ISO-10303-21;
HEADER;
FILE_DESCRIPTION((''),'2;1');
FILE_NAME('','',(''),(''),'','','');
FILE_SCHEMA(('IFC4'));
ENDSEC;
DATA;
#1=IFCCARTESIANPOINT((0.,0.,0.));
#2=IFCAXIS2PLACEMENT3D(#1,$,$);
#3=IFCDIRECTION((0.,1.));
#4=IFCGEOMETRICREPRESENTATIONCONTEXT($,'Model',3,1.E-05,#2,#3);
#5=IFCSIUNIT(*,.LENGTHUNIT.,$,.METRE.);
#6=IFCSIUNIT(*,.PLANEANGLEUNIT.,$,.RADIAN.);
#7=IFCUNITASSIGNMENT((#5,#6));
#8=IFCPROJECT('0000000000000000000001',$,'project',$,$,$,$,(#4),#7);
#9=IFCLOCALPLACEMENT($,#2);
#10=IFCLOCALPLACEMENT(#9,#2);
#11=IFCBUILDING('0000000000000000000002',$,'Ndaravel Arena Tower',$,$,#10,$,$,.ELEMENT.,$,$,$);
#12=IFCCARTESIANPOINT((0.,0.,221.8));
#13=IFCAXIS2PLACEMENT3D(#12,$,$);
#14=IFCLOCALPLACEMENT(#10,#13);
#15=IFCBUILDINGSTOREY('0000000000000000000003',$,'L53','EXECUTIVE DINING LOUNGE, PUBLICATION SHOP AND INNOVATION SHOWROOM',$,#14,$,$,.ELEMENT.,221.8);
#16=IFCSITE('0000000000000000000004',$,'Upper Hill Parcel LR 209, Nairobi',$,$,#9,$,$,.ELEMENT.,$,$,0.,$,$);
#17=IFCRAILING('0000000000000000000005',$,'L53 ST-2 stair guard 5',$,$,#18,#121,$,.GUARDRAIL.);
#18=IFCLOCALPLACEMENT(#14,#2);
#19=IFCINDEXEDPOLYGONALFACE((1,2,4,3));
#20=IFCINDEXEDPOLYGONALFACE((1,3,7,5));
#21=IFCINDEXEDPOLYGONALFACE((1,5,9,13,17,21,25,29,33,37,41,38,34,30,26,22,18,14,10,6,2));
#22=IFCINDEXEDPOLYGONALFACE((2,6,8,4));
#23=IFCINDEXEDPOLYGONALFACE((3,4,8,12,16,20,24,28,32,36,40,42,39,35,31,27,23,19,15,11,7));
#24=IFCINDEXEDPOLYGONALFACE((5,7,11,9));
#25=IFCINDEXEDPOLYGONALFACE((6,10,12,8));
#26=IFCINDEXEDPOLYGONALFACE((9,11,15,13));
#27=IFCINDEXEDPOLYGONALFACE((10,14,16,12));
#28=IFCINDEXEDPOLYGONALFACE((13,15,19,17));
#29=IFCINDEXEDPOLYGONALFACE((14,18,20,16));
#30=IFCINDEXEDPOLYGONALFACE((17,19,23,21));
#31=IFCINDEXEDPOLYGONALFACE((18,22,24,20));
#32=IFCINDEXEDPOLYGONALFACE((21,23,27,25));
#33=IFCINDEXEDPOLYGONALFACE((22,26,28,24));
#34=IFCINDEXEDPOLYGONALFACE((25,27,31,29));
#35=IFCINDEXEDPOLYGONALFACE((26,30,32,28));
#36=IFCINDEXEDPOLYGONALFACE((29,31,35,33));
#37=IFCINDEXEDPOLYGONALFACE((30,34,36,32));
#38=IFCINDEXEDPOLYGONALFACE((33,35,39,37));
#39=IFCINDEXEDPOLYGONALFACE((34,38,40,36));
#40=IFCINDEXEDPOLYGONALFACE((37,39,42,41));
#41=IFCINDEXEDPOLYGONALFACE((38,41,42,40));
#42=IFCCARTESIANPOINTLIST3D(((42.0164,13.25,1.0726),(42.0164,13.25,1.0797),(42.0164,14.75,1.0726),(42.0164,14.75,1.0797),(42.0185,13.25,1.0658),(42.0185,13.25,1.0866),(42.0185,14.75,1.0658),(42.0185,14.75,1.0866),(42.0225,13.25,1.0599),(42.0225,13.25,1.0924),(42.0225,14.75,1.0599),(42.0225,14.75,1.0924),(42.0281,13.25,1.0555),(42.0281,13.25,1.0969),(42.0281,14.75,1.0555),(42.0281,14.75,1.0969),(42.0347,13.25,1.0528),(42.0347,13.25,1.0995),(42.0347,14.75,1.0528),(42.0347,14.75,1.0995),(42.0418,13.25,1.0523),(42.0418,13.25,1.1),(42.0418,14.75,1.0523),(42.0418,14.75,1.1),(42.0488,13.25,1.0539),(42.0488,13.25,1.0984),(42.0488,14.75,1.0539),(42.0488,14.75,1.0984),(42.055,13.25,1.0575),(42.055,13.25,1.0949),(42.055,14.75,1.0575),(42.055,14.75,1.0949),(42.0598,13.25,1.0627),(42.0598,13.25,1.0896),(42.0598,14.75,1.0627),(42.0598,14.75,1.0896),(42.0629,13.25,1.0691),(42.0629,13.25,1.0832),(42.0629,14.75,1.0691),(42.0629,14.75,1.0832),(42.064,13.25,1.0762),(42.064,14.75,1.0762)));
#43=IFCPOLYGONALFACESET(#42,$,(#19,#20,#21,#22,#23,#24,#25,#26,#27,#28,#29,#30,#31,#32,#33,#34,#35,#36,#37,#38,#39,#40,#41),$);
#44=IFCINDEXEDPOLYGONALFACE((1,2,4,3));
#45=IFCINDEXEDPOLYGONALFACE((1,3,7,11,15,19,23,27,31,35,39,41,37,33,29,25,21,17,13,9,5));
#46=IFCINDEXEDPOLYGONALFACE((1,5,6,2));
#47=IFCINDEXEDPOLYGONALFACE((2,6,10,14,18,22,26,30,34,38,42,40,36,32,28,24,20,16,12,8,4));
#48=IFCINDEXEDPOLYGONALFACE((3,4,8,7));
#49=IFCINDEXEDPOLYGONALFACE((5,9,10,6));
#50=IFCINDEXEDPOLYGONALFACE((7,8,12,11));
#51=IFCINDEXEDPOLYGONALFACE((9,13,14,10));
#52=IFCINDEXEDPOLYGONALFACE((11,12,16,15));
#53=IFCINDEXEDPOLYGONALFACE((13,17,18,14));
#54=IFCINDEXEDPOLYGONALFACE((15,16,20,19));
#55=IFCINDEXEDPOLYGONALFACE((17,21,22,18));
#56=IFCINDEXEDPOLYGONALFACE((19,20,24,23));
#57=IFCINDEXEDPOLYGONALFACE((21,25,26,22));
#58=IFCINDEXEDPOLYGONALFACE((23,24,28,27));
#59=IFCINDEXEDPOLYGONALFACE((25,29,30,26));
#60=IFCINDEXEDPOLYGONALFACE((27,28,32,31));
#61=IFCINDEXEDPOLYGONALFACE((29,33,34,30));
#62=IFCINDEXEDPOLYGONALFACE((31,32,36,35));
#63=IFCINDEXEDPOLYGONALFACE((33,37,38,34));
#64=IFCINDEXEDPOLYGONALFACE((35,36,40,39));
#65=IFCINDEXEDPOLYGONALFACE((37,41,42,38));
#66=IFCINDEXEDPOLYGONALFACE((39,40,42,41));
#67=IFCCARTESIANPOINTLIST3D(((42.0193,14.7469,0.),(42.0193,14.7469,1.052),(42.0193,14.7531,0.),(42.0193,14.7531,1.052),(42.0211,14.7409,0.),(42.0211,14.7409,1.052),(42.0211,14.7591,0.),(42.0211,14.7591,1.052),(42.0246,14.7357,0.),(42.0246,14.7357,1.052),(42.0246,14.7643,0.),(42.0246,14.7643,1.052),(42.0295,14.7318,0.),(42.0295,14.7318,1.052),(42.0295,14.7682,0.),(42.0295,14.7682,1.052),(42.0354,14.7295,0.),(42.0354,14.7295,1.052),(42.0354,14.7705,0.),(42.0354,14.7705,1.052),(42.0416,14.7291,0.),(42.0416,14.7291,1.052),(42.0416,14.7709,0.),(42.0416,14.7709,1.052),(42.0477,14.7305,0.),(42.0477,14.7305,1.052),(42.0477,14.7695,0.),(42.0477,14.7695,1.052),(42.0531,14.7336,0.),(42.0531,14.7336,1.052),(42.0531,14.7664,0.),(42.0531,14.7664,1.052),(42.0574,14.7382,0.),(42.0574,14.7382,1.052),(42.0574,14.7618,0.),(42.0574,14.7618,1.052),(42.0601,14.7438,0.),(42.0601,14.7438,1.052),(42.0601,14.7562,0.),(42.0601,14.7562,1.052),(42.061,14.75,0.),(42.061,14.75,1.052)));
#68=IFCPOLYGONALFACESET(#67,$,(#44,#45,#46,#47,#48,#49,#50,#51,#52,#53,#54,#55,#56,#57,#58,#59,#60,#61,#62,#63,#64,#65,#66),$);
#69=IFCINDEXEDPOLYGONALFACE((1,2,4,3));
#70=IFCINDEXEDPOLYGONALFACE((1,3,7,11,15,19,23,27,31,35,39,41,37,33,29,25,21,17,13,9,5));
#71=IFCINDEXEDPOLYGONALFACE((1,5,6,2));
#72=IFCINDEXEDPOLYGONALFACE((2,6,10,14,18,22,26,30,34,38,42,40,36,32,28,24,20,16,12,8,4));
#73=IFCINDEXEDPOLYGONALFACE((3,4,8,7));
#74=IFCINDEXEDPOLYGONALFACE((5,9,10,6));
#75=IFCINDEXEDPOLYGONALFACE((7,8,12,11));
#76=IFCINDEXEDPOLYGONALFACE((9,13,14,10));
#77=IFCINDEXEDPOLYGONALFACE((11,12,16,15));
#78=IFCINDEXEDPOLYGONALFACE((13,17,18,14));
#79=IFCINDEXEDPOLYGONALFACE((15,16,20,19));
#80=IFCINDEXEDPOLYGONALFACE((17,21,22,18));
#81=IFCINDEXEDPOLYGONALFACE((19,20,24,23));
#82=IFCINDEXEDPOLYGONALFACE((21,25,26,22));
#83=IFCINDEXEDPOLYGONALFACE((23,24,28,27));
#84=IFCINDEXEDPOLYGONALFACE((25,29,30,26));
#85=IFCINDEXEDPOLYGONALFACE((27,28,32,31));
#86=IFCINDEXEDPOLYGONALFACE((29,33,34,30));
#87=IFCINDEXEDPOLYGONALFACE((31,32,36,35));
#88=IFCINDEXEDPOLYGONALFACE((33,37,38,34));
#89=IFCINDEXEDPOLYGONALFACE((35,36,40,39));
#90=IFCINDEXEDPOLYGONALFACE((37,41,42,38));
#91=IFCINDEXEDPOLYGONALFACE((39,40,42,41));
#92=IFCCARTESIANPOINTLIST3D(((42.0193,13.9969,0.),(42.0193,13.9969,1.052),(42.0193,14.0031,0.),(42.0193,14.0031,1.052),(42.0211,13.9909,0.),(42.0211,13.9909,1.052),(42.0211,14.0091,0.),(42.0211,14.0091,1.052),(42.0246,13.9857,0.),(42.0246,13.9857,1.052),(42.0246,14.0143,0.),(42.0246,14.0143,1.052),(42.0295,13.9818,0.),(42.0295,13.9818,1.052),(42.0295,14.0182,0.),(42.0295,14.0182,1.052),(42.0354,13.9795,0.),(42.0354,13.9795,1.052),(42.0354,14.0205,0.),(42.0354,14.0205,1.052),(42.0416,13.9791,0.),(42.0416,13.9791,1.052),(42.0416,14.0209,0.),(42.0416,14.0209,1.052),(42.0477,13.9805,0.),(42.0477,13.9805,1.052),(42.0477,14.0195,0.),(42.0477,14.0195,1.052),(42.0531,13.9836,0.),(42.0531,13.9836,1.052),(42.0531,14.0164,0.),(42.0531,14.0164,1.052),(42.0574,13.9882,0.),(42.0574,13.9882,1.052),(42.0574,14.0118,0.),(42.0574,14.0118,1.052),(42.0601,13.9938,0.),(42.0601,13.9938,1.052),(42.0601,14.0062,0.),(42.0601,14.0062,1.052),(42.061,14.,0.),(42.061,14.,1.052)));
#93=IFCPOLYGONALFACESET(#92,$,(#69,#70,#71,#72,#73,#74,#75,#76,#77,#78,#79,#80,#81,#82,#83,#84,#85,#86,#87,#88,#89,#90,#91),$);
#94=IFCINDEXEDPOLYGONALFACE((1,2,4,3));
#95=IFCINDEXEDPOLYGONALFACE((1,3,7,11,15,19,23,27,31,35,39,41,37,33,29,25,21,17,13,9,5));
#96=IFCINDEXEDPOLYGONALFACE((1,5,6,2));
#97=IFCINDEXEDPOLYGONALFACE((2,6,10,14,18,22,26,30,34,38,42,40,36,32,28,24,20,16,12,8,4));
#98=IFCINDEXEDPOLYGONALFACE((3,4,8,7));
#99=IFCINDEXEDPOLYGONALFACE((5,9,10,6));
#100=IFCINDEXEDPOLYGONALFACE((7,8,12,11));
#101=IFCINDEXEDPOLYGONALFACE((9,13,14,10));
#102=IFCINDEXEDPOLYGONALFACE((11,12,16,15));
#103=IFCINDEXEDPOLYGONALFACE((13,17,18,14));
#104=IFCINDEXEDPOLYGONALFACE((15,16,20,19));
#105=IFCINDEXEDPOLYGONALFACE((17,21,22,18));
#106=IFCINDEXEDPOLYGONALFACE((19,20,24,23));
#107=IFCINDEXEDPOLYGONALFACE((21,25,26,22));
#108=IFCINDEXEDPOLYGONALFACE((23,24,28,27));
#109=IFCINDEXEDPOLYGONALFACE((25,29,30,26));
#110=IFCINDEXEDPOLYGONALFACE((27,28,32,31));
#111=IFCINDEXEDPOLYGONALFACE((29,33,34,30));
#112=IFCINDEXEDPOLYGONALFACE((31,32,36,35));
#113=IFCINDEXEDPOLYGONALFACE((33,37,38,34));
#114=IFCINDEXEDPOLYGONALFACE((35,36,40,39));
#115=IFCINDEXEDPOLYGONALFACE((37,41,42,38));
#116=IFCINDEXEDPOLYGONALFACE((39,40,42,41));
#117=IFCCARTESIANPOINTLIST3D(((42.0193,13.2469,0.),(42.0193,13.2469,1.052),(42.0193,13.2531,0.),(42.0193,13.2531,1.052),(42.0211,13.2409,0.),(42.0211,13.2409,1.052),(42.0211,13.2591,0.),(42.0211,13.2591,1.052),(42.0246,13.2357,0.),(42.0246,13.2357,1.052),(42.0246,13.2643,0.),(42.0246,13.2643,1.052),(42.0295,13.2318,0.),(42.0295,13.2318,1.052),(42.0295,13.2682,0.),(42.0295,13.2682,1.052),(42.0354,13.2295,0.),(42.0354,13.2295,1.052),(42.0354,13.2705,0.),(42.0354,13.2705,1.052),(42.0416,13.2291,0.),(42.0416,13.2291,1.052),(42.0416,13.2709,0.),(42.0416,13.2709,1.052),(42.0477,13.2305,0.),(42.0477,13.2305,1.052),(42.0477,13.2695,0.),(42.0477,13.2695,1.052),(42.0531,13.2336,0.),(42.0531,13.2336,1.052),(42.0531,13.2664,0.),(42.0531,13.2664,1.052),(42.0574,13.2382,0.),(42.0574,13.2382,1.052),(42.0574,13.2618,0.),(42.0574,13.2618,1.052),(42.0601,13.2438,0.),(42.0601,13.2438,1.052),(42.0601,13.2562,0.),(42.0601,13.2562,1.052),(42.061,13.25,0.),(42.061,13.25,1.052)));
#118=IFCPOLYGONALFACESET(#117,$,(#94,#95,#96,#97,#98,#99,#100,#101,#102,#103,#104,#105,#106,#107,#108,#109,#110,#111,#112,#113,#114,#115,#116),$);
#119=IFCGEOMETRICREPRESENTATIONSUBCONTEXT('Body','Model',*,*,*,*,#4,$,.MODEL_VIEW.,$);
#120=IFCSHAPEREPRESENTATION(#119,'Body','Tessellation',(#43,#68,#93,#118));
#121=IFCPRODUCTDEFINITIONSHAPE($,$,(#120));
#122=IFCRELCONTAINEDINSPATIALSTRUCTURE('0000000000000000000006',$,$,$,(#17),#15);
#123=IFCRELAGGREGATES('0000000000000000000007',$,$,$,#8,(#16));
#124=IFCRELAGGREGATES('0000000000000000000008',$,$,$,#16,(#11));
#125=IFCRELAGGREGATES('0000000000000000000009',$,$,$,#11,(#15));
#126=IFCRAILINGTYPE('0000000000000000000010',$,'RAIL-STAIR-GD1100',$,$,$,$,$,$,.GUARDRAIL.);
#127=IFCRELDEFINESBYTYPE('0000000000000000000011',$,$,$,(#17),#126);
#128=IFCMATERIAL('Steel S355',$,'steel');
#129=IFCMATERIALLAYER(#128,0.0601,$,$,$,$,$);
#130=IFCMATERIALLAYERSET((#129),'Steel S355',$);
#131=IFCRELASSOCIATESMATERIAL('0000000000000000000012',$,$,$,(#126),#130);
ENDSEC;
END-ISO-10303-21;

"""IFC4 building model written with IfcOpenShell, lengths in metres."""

from ifc_helpers import new_model, si_unit, direction, frame, origin, origin_2d, place, context, subcontext, project, spatial, circle, extrude, material, layer, layer_set, type_object, element, save


model = new_model("IFC4")

# Units and contexts
model_context = context("Model", 3, precision=1e-05, world=origin(), true_north=direction((0.0, 1.0)))
body_context = subcontext(model_context, "Body", "Model", "MODEL_VIEW")
ifc_project = project(units=[si_unit("LENGTHUNIT", "METRE"), si_unit("PLANEANGLEUNIT", "RADIAN")], contexts=[model_context])

# Site, building, storey
site_placement = place(None, origin())
site = spatial("IfcSite", under=ifc_project, at=site_placement, Name="Upper Hill Parcel LR 209, Nairobi", CompositionType="ELEMENT", RefElevation=0.0)
building_placement = place(site_placement, origin())
building = spatial("IfcBuilding", under=site, at=building_placement, Name="Ndaravel Arena Tower", CompositionType="ELEMENT")
storey_placement = place(building_placement, frame((0.0, 0.0, 221.8)))
storey = spatial("IfcBuildingStorey", under=building, at=storey_placement, Name="L53", Description="EXECUTIVE DINING LOUNGE, PUBLICATION SHOP AND INNOVATION SHOWROOM", CompositionType="ELEMENT", Elevation=221.8)

# Railing
ifc_material_1 = material(Name="Steel S355", Category="steel")
ifc_layer_1 = layer(ifc_material_1, 0.0601)
ifc_layer_set_1 = layer_set([ifc_layer_1], Name="Steel S355")
railing_type = type_object("IfcRailingType", Name="RAIL-STAIR-GD1100", PredefinedType="GUARDRAIL", material=ifc_layer_set_1)
railing_1_placement = place(storey_placement, frame((42.04, 14.75, 0.0)))
element("IfcRailing", 1, at=railing_1_placement, inside=storey, type_object=railing_type, Name="L53 ST-2 stair guard 5", PredefinedType="GUARDRAIL", context=body_context, shape_type="SweptSolid", body=[
    extrude(circle(Radius=0.0239, at=origin_2d()), frame((0.0, 0.0, 1.0762), z_axis=(0.0, -1.0, 0.0), x_axis=(1.0, 0.0, 0.0)), (0.0, 0.0, 1.0), 1.5),
    extrude(circle(Radius=0.021, at=origin_2d()), origin(), (0.0, 0.0, 1.0), 1.052),
    extrude(circle(Radius=0.021, at=origin_2d()), frame((0.0, -0.75, 0.0)), (0.0, 0.0, 1.0), 1.052),
    extrude(circle(Radius=0.021, at=origin_2d()), frame((0.0, -1.5, 0.0)), (0.0, 0.0, 1.0), 1.052),
])

save(model, "model.ifc")
